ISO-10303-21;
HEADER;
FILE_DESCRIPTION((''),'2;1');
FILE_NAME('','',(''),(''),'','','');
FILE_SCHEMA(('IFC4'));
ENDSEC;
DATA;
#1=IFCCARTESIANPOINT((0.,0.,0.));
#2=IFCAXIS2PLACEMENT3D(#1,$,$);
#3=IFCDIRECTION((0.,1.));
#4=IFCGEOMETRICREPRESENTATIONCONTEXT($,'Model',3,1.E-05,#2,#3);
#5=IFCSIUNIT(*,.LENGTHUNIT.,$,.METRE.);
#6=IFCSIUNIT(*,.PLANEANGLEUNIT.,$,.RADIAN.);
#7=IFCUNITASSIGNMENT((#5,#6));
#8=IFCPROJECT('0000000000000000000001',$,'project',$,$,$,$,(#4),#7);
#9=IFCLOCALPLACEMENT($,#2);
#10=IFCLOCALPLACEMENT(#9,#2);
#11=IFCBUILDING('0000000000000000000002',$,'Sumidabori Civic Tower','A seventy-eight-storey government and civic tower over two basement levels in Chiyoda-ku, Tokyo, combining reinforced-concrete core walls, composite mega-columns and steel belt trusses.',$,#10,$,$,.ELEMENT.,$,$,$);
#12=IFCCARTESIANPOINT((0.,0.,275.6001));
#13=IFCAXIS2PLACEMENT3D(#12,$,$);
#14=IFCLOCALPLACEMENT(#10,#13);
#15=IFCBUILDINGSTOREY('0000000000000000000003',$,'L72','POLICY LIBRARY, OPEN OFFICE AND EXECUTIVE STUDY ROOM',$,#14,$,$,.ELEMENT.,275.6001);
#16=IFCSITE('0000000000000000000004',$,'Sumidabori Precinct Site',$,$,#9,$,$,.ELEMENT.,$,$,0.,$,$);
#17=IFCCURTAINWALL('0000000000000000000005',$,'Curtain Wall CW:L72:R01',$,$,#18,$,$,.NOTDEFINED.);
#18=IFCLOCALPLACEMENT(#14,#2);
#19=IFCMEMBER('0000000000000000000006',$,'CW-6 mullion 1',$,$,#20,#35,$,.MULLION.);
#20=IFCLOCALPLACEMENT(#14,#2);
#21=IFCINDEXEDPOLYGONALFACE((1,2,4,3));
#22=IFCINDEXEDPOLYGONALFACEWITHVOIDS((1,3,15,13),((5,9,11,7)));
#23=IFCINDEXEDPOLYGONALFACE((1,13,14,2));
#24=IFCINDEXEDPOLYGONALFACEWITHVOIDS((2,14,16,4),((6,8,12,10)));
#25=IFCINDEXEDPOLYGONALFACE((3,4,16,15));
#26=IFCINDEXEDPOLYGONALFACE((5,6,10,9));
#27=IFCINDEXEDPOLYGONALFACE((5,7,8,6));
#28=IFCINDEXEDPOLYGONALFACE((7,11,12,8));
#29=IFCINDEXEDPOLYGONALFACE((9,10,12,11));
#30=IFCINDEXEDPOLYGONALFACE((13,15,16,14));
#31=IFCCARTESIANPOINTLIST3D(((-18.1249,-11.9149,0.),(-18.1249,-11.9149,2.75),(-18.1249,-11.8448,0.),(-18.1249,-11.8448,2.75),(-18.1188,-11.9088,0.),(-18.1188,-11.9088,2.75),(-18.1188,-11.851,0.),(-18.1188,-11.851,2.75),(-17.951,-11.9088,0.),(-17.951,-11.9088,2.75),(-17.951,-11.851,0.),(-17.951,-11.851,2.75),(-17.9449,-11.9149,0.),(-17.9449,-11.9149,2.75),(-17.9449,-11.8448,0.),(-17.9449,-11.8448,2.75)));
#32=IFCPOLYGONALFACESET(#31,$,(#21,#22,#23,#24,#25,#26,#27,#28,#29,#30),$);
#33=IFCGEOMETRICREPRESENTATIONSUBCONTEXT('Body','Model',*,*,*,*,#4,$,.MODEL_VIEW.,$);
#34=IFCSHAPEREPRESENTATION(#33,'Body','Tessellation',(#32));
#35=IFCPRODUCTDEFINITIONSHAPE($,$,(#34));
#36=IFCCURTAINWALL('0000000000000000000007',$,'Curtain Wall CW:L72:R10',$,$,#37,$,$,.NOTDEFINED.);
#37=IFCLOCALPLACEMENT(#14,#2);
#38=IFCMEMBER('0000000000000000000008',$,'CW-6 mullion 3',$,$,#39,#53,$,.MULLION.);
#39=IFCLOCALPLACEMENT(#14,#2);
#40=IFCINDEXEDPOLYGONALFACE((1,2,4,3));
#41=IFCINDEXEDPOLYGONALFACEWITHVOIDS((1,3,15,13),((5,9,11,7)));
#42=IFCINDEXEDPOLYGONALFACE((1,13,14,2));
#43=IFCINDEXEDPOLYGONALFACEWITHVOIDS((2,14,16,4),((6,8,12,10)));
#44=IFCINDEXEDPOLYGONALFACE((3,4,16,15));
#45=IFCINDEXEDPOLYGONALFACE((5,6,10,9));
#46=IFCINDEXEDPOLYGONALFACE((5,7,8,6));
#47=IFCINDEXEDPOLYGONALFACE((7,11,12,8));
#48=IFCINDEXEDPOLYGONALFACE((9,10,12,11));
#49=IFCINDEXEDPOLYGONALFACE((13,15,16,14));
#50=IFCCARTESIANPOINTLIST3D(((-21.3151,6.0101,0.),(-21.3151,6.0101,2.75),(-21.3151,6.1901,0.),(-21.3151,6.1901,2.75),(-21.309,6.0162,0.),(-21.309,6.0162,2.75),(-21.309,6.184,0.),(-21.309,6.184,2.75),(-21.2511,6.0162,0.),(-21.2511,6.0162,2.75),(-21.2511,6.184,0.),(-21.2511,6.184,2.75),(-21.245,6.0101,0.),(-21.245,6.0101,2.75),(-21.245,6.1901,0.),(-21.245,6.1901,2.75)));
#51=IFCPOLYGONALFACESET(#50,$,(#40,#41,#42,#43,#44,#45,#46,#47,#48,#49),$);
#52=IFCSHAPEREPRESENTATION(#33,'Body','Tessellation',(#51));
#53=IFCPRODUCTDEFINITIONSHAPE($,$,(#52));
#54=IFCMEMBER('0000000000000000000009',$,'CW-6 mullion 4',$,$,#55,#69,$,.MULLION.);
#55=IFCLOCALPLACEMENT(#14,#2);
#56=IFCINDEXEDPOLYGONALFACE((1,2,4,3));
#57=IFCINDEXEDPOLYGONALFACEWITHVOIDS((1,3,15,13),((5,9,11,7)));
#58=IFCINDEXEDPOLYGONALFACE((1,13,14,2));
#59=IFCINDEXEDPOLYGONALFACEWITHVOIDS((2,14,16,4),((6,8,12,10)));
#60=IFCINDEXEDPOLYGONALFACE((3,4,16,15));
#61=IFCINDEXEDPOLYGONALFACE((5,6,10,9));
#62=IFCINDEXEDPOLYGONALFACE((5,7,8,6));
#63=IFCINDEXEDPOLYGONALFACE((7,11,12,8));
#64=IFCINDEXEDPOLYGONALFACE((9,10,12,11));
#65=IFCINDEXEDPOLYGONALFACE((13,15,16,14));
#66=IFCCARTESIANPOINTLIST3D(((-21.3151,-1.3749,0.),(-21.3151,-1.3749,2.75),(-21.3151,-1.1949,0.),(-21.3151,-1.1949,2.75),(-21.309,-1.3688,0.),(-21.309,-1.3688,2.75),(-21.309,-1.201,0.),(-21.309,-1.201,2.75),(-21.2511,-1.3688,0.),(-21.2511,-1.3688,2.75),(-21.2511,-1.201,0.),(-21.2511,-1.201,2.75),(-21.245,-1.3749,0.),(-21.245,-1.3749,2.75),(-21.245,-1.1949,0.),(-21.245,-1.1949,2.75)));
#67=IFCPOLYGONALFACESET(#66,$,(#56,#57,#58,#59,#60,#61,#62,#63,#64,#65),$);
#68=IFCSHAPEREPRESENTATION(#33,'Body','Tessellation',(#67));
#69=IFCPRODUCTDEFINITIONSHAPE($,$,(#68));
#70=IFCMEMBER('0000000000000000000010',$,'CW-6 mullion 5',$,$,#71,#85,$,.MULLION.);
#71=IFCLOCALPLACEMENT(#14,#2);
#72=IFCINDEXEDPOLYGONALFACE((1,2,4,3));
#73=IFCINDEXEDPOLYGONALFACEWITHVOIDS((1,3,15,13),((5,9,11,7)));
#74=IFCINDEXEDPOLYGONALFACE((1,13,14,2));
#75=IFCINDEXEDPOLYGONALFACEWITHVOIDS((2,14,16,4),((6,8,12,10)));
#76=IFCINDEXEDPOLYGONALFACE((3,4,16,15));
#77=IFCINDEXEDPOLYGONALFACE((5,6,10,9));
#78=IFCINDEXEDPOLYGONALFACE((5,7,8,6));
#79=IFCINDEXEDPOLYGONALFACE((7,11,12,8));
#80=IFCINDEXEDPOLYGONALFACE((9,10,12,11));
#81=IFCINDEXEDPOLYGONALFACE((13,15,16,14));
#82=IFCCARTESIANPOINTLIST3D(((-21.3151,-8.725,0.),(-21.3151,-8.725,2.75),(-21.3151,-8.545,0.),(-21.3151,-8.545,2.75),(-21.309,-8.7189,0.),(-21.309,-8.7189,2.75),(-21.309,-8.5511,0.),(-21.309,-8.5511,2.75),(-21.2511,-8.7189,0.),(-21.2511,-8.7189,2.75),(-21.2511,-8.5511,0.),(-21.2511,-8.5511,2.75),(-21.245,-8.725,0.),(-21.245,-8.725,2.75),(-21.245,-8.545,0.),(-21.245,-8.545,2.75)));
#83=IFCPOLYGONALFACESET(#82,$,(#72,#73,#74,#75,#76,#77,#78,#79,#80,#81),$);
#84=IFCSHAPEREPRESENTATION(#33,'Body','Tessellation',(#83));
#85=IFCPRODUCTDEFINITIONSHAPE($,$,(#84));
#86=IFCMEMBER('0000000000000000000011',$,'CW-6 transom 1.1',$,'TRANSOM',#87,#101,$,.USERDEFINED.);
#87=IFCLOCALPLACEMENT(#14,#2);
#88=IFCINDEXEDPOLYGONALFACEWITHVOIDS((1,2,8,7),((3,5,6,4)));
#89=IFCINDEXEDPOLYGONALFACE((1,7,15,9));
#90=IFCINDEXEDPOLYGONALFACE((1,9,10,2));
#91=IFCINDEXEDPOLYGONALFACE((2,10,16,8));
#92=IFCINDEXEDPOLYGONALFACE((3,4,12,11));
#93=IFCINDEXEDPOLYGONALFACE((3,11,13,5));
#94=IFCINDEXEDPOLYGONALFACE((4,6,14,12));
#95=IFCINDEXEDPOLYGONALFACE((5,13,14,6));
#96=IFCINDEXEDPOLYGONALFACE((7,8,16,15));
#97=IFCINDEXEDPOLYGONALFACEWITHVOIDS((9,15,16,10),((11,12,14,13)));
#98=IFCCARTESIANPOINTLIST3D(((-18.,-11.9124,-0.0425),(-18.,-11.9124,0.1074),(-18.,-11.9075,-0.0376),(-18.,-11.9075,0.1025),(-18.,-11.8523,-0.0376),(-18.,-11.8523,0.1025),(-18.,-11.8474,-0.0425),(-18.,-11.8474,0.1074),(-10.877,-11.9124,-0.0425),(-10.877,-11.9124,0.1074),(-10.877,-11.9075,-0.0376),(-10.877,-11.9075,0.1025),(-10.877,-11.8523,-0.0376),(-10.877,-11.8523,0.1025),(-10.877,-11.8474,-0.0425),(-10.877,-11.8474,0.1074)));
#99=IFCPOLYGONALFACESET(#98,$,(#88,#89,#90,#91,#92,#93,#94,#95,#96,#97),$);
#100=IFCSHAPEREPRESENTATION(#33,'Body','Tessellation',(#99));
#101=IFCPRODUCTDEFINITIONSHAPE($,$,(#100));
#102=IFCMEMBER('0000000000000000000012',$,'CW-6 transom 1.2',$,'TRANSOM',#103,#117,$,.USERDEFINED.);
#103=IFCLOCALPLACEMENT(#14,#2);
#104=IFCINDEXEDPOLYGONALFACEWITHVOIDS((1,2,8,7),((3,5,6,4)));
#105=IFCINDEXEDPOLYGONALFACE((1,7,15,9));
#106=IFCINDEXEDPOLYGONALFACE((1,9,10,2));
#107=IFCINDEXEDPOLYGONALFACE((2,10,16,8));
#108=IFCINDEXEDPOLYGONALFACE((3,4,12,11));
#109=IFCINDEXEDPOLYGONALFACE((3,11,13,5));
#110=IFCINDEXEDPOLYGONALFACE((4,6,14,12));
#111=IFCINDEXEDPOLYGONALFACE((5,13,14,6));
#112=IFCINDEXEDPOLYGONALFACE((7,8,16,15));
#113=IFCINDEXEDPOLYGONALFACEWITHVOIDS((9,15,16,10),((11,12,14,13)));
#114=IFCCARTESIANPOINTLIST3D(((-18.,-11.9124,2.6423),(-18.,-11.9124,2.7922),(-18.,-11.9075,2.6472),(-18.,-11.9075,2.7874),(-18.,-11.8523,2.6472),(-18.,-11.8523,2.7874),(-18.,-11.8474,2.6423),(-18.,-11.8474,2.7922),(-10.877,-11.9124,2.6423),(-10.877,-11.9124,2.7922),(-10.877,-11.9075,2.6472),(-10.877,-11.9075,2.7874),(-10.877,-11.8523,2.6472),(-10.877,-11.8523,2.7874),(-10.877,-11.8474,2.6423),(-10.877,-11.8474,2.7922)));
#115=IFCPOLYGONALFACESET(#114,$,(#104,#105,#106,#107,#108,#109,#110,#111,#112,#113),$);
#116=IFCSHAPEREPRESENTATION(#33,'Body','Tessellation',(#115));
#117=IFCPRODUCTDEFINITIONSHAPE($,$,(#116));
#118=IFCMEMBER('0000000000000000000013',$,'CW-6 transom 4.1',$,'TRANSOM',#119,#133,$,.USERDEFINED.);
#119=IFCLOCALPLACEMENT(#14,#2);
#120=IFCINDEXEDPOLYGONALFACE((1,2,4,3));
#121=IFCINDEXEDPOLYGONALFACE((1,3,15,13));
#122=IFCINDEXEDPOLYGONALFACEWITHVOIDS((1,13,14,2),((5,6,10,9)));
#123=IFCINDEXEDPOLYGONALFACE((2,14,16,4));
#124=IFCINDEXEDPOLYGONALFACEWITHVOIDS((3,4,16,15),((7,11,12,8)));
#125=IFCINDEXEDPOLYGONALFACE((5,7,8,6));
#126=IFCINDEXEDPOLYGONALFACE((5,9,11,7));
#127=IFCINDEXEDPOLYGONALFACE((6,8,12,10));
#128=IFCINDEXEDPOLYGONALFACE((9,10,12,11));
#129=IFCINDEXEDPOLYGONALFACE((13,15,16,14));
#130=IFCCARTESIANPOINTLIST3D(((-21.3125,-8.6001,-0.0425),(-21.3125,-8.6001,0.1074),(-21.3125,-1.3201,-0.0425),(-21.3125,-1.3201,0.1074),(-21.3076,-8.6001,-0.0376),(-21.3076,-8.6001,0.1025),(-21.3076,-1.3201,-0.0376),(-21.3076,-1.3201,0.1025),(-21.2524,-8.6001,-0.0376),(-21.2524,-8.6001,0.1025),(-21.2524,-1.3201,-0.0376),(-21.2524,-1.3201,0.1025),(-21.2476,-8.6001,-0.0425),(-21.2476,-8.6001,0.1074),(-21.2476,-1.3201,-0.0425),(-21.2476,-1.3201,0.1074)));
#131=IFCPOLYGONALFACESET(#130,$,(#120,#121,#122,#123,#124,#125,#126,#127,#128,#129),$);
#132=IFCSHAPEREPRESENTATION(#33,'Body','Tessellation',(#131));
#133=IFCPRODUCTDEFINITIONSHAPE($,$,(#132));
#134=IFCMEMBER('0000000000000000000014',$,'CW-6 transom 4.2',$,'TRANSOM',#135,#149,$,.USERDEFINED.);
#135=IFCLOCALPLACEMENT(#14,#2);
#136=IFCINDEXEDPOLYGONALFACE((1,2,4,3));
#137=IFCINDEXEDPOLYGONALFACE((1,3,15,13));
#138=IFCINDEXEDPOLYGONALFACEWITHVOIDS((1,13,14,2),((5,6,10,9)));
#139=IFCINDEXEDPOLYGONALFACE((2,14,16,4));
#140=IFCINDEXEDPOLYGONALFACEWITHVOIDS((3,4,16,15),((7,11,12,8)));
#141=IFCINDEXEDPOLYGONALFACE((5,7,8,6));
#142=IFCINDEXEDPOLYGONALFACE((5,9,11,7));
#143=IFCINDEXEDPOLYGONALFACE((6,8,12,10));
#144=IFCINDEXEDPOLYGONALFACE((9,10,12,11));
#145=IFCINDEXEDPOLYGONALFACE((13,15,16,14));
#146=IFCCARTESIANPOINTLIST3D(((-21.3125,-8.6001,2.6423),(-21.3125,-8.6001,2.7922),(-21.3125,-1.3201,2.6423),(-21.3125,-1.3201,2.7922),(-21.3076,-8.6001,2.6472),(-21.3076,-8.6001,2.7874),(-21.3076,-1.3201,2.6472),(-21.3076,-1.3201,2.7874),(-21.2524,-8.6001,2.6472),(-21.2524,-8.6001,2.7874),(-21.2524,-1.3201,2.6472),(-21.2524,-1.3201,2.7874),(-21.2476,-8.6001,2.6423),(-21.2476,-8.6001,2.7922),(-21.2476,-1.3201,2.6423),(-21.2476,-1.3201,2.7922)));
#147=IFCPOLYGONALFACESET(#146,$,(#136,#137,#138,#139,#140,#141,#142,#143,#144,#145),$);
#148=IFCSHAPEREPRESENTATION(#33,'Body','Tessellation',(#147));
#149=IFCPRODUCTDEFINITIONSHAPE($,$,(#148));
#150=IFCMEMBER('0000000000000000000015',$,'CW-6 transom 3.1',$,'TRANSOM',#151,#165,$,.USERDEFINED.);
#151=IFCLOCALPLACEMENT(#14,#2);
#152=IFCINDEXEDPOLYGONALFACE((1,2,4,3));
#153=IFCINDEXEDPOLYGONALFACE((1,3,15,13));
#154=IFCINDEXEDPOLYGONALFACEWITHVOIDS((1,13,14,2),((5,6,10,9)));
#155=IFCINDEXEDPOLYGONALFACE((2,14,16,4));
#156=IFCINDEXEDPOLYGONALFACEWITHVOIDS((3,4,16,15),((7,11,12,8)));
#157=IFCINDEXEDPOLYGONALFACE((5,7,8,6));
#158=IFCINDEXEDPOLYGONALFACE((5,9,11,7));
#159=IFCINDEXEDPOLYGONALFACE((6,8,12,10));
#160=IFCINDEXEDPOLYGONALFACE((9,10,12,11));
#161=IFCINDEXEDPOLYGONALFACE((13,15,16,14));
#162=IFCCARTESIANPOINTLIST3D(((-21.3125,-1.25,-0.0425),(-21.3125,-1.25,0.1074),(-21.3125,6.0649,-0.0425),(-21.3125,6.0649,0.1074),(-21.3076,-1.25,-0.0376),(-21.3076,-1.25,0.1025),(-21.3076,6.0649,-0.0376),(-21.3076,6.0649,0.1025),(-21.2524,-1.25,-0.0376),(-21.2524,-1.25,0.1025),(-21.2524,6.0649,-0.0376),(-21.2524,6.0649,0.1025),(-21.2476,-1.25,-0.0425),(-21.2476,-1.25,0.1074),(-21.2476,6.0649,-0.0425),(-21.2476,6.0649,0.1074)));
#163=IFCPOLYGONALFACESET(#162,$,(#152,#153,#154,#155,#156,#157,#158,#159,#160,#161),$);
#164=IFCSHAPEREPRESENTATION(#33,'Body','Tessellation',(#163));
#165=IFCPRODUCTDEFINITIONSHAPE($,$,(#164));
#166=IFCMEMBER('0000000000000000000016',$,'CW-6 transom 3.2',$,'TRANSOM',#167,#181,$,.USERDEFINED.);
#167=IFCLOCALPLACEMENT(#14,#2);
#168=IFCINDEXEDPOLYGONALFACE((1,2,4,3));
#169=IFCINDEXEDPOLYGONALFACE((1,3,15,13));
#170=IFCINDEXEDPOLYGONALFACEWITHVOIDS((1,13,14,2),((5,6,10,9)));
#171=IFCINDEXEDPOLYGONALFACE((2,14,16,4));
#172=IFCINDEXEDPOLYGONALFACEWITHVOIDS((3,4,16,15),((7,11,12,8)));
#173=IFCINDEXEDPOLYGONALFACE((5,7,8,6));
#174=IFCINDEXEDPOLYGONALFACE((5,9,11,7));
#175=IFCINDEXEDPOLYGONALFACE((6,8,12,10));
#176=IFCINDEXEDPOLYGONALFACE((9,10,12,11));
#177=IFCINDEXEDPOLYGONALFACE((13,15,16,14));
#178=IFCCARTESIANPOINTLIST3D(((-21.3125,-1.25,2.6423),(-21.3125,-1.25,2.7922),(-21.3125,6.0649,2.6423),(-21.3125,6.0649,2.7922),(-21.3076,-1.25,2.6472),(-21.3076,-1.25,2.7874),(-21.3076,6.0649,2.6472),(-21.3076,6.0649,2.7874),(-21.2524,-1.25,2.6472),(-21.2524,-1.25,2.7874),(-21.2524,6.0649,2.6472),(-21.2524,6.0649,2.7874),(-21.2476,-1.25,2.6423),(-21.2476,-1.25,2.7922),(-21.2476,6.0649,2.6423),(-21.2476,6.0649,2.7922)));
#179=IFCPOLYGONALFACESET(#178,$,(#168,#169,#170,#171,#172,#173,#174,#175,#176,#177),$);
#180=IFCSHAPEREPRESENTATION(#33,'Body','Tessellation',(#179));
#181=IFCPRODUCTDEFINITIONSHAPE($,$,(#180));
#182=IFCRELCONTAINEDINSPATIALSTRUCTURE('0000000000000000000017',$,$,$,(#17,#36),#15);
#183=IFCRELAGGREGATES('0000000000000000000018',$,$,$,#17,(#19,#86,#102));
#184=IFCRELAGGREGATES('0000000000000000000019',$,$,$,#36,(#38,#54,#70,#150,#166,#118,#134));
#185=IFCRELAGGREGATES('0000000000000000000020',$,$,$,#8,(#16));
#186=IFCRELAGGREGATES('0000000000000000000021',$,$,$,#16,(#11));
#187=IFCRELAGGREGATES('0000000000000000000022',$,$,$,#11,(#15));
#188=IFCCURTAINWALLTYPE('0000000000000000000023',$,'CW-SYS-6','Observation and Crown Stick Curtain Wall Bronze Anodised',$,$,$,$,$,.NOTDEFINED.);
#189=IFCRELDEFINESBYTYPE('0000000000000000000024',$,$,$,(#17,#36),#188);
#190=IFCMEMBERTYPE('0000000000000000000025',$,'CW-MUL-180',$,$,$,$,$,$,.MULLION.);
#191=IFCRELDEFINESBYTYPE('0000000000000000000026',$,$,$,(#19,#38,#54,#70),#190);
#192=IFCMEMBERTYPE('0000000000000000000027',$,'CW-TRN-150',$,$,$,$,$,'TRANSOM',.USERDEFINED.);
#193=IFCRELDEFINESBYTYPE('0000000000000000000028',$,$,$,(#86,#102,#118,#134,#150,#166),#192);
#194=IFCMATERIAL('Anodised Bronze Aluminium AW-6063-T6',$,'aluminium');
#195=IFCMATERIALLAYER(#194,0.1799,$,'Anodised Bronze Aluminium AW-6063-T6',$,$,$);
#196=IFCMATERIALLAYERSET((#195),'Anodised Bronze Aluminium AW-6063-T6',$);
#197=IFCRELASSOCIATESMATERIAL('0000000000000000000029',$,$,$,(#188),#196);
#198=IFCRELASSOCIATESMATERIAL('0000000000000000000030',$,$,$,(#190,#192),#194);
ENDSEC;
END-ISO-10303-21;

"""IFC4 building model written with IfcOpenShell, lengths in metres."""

from ifc_helpers import new_model, si_unit, direction, frame, origin, origin_2d, place, context, subcontext, project, spatial, hollow_rectangle, extrude, source, transform, mapped, material, layer, layer_set, material_profile, profile_set, type_object, element, aggregate, save


model = new_model("IFC4")

# Units and contexts
model_context = context("Model", 3, precision=1e-05, world=origin(), true_north=direction((0.0, 1.0)))
body_context = subcontext(model_context, "Body", "Model", "MODEL_VIEW")
ifc_project = project(units=[si_unit("LENGTHUNIT", "METRE"), si_unit("PLANEANGLEUNIT", "RADIAN")], contexts=[model_context])

# Site, building, storey
site_placement = place(None, origin())
site = spatial("IfcSite", under=ifc_project, at=site_placement, Name="Sumidabori Precinct Site", CompositionType="ELEMENT", RefElevation=0.0)
building_placement = place(site_placement, origin())
building = spatial("IfcBuilding", under=site, at=building_placement, Name="Sumidabori Civic Tower", Description="A seventy-eight-storey government and civic tower over two basement levels in Chiyoda-ku, Tokyo, combining reinforced-concrete core walls, composite mega-columns and steel belt trusses.", CompositionType="ELEMENT")
storey_placement = place(building_placement, frame((0.0, 0.0, 275.6001)))
storey = spatial("IfcBuildingStorey", under=building, at=storey_placement, Name="L72", Description="POLICY LIBRARY, OPEN OFFICE AND EXECUTIVE STUDY ROOM", CompositionType="ELEMENT", Elevation=275.6001)

# Curtain wall, member
ifc_material_1 = material(Name="Anodised Bronze Aluminium AW-6063-T6", Category="aluminium")
ifc_layer_1 = layer(ifc_material_1, 0.1799, Name="Anodised Bronze Aluminium AW-6063-T6")
ifc_layer_set_1 = layer_set([ifc_layer_1], Name="Anodised Bronze Aluminium AW-6063-T6")
curtain_wall_type = type_object("IfcCurtainWallType", Name="CW-SYS-6", Description="Observation and Crown Stick Curtain Wall Bronze Anodised", PredefinedType="NOTDEFINED", material=ifc_layer_set_1)
curtain_wall_1_placement = place(storey_placement, origin())
curtain_wall_1 = element("IfcCurtainWall", 1, at=curtain_wall_1_placement, inside=storey, type_object=curtain_wall_type, Name="Curtain Wall CW:L72:R01", PredefinedType="NOTDEFINED")
ifc_material_profile_1 = material_profile(ifc_material_1, hollow_rectangle(XDim=0.0701, YDim=0.1799, WallThickness=0.0061, at=origin_2d()), Name="ALU MULLION 180x70")
ifc_profile_set_1 = profile_set([ifc_material_profile_1], Name="Anodised Bronze Aluminium AW-6063-T6")
member_type_1 = type_object("IfcMemberType", Name="CW-MUL-180", PredefinedType="MULLION", material=ifc_profile_set_1)
shared_shape_1 = source(origin(), body_context, "Body", "SweptSolid", [
    extrude(hollow_rectangle(XDim=0.0701, YDim=0.1799, WallThickness=0.0061, at=origin_2d()), origin(), (0.0, 0.0, 1.0), 2.75),
])
member_1_placement = place(storey_placement, frame((-18.0349, -11.8799, 0.0), z_axis=(0.0, 0.0, 1.0), x_axis=(0.0, 1.0, 0.0)))
member_1 = element("IfcMember", 2, at=member_1_placement, type_object=member_type_1, Name="CW-6 mullion 1", PredefinedType="MULLION", context=body_context, shape_type="MappedRepresentation", body=[
    mapped(shared_shape_1, transform((0.0, 0.0, 0.0), x_axis=(1.0, 0.0, 0.0), y_axis=(0.0, 1.0, 0.0), z_axis=(0.0, 0.0, 1.0), scale=1.0)),
])

# Curtain wall, members
curtain_wall_2_placement = place(storey_placement, origin())
curtain_wall_2 = element("IfcCurtainWall", 3, at=curtain_wall_2_placement, inside=storey, type_object=curtain_wall_type, Name="Curtain Wall CW:L72:R10", PredefinedType="NOTDEFINED")
member_2_placement = place(storey_placement, frame((-21.28, 6.1001, 0.0), z_axis=(0.0, 0.0, 1.0), x_axis=(1.0, 0.0, 0.0)))
member_2 = element("IfcMember", 4, at=member_2_placement, type_object=member_type_1, Name="CW-6 mullion 3", PredefinedType="MULLION", context=body_context, shape_type="MappedRepresentation", body=[
    mapped(shared_shape_1, transform((0.0, 0.0, 0.0), x_axis=(1.0, 0.0, 0.0), y_axis=(0.0, 1.0, 0.0), z_axis=(0.0, 0.0, 1.0), scale=1.0)),
])
member_3_placement = place(storey_placement, frame((-21.28, -1.2849, 0.0), z_axis=(0.0, 0.0, 1.0), x_axis=(1.0, 0.0, 0.0)))
member_3 = element("IfcMember", 5, at=member_3_placement, type_object=member_type_1, Name="CW-6 mullion 4", PredefinedType="MULLION", context=body_context, shape_type="MappedRepresentation", body=[
    mapped(shared_shape_1, transform((0.0, 0.0, 0.0), x_axis=(1.0, 0.0, 0.0), y_axis=(0.0, 1.0, 0.0), z_axis=(0.0, 0.0, 1.0), scale=1.0)),
])
member_4_placement = place(storey_placement, frame((-21.28, -8.635, 0.0), z_axis=(0.0, 0.0, 1.0), x_axis=(1.0, 0.0, 0.0)))
member_4 = element("IfcMember", 6, at=member_4_placement, type_object=member_type_1, Name="CW-6 mullion 5", PredefinedType="MULLION", context=body_context, shape_type="MappedRepresentation", body=[
    mapped(shared_shape_1, transform((0.0, 0.0, 0.0), x_axis=(1.0, 0.0, 0.0), y_axis=(0.0, 1.0, 0.0), z_axis=(0.0, 0.0, 1.0), scale=1.0)),
])

# Members
ifc_material_profile_2 = material_profile(ifc_material_1, hollow_rectangle(XDim=0.0649, YDim=0.1499, WallThickness=0.0049, at=origin_2d()), Name="ALU TRANSOM 150x65")
ifc_profile_set_2 = profile_set([ifc_material_profile_2], Name="Anodised Bronze Aluminium AW-6063-T6")
member_type_2 = type_object("IfcMemberType", Name="CW-TRN-150", ElementType="TRANSOM", PredefinedType="USERDEFINED", material=ifc_profile_set_2)
shared_shape_2 = source(origin(), body_context, "Body", "SweptSolid", [
    extrude(hollow_rectangle(XDim=0.0649, YDim=0.1499, WallThickness=0.0049, at=origin_2d()), origin(), (0.0, 0.0, 1.0), 7.123),
])
member_5_placement = place(storey_placement, frame((-18.0, -11.8799, 0.0325), z_axis=(1.0, 0.0, 0.0), x_axis=(0.0, 1.0, 0.0)))
member_5 = element("IfcMember", 7, at=member_5_placement, type_object=member_type_2, Name="CW-6 transom 1.1", ObjectType="TRANSOM", PredefinedType="USERDEFINED", context=body_context, shape_type="MappedRepresentation", body=[
    mapped(shared_shape_2, transform((0.0, 0.0, 0.0), x_axis=(1.0, 0.0, 0.0), y_axis=(0.0, 1.0, 0.0), z_axis=(0.0, 0.0, 1.0), scale=1.0)),
])
member_6_placement = place(storey_placement, frame((-18.0, -11.8799, 2.7173), z_axis=(1.0, 0.0, 0.0), x_axis=(0.0, 1.0, 0.0)))
member_6 = element("IfcMember", 8, at=member_6_placement, type_object=member_type_2, Name="CW-6 transom 1.2", ObjectType="TRANSOM", PredefinedType="USERDEFINED", context=body_context, shape_type="MappedRepresentation", body=[
    mapped(shared_shape_2, transform((0.0, 0.0, 0.0), x_axis=(1.0, 0.0, 0.0), y_axis=(0.0, 1.0, 0.0), z_axis=(0.0, 0.0, 1.0), scale=1.0)),
])
shared_shape_3 = source(origin(), body_context, "Body", "SweptSolid", [
    extrude(hollow_rectangle(XDim=0.0649, YDim=0.1499, WallThickness=0.0049, at=origin_2d()), origin(), (0.0, 0.0, 1.0), 7.28),
])
member_7_placement = place(storey_placement, frame((-21.28, -1.3201, 0.0325), z_axis=(0.0, -1.0, 0.0), x_axis=(1.0, 0.0, 0.0)))
member_7 = element("IfcMember", 9, at=member_7_placement, type_object=member_type_2, Name="CW-6 transom 4.1", ObjectType="TRANSOM", PredefinedType="USERDEFINED", context=body_context, shape_type="MappedRepresentation", body=[
    mapped(shared_shape_3, transform((0.0, 0.0, 0.0), x_axis=(1.0, 0.0, 0.0), y_axis=(0.0, 1.0, 0.0), z_axis=(0.0, 0.0, 1.0), scale=1.0)),
])
member_8_placement = place(storey_placement, frame((-21.28, -1.3201, 2.7173), z_axis=(0.0, -1.0, 0.0), x_axis=(1.0, 0.0, 0.0)))
member_8 = element("IfcMember", 10, at=member_8_placement, type_object=member_type_2, Name="CW-6 transom 4.2", ObjectType="TRANSOM", PredefinedType="USERDEFINED", context=body_context, shape_type="MappedRepresentation", body=[
    mapped(shared_shape_3, transform((0.0, 0.0, 0.0), x_axis=(1.0, 0.0, 0.0), y_axis=(0.0, 1.0, 0.0), z_axis=(0.0, 0.0, 1.0), scale=1.0)),
])
shared_shape_4 = source(origin(), body_context, "Body", "SweptSolid", [
    extrude(hollow_rectangle(XDim=0.0649, YDim=0.1499, WallThickness=0.0049, at=origin_2d()), origin(), (0.0, 0.0, 1.0), 7.3149),
])
member_9_placement = place(storey_placement, frame((-21.28, 6.0649, 0.0325), z_axis=(0.0, -1.0, 0.0), x_axis=(1.0, 0.0, 0.0)))
member_9 = element("IfcMember", 11, at=member_9_placement, type_object=member_type_2, Name="CW-6 transom 3.1", ObjectType="TRANSOM", PredefinedType="USERDEFINED", context=body_context, shape_type="MappedRepresentation", body=[
    mapped(shared_shape_4, transform((0.0, 0.0, 0.0), x_axis=(1.0, 0.0, 0.0), y_axis=(0.0, 1.0, 0.0), z_axis=(0.0, 0.0, 1.0), scale=1.0)),
])
member_10_placement = place(storey_placement, frame((-21.28, 6.0649, 2.7173), z_axis=(0.0, -1.0, 0.0), x_axis=(1.0, 0.0, 0.0)))
member_10 = element("IfcMember", 12, at=member_10_placement, type_object=member_type_2, Name="CW-6 transom 3.2", ObjectType="TRANSOM", PredefinedType="USERDEFINED", context=body_context, shape_type="MappedRepresentation", body=[
    mapped(shared_shape_4, transform((0.0, 0.0, 0.0), x_axis=(1.0, 0.0, 0.0), y_axis=(0.0, 1.0, 0.0), z_axis=(0.0, 0.0, 1.0), scale=1.0)),
])

aggregate(curtain_wall_1, [member_1, member_5, member_6])
aggregate(curtain_wall_2, [member_2, member_3, member_4, member_9, member_10, member_7, member_8])

save(model, "model.ifc")
